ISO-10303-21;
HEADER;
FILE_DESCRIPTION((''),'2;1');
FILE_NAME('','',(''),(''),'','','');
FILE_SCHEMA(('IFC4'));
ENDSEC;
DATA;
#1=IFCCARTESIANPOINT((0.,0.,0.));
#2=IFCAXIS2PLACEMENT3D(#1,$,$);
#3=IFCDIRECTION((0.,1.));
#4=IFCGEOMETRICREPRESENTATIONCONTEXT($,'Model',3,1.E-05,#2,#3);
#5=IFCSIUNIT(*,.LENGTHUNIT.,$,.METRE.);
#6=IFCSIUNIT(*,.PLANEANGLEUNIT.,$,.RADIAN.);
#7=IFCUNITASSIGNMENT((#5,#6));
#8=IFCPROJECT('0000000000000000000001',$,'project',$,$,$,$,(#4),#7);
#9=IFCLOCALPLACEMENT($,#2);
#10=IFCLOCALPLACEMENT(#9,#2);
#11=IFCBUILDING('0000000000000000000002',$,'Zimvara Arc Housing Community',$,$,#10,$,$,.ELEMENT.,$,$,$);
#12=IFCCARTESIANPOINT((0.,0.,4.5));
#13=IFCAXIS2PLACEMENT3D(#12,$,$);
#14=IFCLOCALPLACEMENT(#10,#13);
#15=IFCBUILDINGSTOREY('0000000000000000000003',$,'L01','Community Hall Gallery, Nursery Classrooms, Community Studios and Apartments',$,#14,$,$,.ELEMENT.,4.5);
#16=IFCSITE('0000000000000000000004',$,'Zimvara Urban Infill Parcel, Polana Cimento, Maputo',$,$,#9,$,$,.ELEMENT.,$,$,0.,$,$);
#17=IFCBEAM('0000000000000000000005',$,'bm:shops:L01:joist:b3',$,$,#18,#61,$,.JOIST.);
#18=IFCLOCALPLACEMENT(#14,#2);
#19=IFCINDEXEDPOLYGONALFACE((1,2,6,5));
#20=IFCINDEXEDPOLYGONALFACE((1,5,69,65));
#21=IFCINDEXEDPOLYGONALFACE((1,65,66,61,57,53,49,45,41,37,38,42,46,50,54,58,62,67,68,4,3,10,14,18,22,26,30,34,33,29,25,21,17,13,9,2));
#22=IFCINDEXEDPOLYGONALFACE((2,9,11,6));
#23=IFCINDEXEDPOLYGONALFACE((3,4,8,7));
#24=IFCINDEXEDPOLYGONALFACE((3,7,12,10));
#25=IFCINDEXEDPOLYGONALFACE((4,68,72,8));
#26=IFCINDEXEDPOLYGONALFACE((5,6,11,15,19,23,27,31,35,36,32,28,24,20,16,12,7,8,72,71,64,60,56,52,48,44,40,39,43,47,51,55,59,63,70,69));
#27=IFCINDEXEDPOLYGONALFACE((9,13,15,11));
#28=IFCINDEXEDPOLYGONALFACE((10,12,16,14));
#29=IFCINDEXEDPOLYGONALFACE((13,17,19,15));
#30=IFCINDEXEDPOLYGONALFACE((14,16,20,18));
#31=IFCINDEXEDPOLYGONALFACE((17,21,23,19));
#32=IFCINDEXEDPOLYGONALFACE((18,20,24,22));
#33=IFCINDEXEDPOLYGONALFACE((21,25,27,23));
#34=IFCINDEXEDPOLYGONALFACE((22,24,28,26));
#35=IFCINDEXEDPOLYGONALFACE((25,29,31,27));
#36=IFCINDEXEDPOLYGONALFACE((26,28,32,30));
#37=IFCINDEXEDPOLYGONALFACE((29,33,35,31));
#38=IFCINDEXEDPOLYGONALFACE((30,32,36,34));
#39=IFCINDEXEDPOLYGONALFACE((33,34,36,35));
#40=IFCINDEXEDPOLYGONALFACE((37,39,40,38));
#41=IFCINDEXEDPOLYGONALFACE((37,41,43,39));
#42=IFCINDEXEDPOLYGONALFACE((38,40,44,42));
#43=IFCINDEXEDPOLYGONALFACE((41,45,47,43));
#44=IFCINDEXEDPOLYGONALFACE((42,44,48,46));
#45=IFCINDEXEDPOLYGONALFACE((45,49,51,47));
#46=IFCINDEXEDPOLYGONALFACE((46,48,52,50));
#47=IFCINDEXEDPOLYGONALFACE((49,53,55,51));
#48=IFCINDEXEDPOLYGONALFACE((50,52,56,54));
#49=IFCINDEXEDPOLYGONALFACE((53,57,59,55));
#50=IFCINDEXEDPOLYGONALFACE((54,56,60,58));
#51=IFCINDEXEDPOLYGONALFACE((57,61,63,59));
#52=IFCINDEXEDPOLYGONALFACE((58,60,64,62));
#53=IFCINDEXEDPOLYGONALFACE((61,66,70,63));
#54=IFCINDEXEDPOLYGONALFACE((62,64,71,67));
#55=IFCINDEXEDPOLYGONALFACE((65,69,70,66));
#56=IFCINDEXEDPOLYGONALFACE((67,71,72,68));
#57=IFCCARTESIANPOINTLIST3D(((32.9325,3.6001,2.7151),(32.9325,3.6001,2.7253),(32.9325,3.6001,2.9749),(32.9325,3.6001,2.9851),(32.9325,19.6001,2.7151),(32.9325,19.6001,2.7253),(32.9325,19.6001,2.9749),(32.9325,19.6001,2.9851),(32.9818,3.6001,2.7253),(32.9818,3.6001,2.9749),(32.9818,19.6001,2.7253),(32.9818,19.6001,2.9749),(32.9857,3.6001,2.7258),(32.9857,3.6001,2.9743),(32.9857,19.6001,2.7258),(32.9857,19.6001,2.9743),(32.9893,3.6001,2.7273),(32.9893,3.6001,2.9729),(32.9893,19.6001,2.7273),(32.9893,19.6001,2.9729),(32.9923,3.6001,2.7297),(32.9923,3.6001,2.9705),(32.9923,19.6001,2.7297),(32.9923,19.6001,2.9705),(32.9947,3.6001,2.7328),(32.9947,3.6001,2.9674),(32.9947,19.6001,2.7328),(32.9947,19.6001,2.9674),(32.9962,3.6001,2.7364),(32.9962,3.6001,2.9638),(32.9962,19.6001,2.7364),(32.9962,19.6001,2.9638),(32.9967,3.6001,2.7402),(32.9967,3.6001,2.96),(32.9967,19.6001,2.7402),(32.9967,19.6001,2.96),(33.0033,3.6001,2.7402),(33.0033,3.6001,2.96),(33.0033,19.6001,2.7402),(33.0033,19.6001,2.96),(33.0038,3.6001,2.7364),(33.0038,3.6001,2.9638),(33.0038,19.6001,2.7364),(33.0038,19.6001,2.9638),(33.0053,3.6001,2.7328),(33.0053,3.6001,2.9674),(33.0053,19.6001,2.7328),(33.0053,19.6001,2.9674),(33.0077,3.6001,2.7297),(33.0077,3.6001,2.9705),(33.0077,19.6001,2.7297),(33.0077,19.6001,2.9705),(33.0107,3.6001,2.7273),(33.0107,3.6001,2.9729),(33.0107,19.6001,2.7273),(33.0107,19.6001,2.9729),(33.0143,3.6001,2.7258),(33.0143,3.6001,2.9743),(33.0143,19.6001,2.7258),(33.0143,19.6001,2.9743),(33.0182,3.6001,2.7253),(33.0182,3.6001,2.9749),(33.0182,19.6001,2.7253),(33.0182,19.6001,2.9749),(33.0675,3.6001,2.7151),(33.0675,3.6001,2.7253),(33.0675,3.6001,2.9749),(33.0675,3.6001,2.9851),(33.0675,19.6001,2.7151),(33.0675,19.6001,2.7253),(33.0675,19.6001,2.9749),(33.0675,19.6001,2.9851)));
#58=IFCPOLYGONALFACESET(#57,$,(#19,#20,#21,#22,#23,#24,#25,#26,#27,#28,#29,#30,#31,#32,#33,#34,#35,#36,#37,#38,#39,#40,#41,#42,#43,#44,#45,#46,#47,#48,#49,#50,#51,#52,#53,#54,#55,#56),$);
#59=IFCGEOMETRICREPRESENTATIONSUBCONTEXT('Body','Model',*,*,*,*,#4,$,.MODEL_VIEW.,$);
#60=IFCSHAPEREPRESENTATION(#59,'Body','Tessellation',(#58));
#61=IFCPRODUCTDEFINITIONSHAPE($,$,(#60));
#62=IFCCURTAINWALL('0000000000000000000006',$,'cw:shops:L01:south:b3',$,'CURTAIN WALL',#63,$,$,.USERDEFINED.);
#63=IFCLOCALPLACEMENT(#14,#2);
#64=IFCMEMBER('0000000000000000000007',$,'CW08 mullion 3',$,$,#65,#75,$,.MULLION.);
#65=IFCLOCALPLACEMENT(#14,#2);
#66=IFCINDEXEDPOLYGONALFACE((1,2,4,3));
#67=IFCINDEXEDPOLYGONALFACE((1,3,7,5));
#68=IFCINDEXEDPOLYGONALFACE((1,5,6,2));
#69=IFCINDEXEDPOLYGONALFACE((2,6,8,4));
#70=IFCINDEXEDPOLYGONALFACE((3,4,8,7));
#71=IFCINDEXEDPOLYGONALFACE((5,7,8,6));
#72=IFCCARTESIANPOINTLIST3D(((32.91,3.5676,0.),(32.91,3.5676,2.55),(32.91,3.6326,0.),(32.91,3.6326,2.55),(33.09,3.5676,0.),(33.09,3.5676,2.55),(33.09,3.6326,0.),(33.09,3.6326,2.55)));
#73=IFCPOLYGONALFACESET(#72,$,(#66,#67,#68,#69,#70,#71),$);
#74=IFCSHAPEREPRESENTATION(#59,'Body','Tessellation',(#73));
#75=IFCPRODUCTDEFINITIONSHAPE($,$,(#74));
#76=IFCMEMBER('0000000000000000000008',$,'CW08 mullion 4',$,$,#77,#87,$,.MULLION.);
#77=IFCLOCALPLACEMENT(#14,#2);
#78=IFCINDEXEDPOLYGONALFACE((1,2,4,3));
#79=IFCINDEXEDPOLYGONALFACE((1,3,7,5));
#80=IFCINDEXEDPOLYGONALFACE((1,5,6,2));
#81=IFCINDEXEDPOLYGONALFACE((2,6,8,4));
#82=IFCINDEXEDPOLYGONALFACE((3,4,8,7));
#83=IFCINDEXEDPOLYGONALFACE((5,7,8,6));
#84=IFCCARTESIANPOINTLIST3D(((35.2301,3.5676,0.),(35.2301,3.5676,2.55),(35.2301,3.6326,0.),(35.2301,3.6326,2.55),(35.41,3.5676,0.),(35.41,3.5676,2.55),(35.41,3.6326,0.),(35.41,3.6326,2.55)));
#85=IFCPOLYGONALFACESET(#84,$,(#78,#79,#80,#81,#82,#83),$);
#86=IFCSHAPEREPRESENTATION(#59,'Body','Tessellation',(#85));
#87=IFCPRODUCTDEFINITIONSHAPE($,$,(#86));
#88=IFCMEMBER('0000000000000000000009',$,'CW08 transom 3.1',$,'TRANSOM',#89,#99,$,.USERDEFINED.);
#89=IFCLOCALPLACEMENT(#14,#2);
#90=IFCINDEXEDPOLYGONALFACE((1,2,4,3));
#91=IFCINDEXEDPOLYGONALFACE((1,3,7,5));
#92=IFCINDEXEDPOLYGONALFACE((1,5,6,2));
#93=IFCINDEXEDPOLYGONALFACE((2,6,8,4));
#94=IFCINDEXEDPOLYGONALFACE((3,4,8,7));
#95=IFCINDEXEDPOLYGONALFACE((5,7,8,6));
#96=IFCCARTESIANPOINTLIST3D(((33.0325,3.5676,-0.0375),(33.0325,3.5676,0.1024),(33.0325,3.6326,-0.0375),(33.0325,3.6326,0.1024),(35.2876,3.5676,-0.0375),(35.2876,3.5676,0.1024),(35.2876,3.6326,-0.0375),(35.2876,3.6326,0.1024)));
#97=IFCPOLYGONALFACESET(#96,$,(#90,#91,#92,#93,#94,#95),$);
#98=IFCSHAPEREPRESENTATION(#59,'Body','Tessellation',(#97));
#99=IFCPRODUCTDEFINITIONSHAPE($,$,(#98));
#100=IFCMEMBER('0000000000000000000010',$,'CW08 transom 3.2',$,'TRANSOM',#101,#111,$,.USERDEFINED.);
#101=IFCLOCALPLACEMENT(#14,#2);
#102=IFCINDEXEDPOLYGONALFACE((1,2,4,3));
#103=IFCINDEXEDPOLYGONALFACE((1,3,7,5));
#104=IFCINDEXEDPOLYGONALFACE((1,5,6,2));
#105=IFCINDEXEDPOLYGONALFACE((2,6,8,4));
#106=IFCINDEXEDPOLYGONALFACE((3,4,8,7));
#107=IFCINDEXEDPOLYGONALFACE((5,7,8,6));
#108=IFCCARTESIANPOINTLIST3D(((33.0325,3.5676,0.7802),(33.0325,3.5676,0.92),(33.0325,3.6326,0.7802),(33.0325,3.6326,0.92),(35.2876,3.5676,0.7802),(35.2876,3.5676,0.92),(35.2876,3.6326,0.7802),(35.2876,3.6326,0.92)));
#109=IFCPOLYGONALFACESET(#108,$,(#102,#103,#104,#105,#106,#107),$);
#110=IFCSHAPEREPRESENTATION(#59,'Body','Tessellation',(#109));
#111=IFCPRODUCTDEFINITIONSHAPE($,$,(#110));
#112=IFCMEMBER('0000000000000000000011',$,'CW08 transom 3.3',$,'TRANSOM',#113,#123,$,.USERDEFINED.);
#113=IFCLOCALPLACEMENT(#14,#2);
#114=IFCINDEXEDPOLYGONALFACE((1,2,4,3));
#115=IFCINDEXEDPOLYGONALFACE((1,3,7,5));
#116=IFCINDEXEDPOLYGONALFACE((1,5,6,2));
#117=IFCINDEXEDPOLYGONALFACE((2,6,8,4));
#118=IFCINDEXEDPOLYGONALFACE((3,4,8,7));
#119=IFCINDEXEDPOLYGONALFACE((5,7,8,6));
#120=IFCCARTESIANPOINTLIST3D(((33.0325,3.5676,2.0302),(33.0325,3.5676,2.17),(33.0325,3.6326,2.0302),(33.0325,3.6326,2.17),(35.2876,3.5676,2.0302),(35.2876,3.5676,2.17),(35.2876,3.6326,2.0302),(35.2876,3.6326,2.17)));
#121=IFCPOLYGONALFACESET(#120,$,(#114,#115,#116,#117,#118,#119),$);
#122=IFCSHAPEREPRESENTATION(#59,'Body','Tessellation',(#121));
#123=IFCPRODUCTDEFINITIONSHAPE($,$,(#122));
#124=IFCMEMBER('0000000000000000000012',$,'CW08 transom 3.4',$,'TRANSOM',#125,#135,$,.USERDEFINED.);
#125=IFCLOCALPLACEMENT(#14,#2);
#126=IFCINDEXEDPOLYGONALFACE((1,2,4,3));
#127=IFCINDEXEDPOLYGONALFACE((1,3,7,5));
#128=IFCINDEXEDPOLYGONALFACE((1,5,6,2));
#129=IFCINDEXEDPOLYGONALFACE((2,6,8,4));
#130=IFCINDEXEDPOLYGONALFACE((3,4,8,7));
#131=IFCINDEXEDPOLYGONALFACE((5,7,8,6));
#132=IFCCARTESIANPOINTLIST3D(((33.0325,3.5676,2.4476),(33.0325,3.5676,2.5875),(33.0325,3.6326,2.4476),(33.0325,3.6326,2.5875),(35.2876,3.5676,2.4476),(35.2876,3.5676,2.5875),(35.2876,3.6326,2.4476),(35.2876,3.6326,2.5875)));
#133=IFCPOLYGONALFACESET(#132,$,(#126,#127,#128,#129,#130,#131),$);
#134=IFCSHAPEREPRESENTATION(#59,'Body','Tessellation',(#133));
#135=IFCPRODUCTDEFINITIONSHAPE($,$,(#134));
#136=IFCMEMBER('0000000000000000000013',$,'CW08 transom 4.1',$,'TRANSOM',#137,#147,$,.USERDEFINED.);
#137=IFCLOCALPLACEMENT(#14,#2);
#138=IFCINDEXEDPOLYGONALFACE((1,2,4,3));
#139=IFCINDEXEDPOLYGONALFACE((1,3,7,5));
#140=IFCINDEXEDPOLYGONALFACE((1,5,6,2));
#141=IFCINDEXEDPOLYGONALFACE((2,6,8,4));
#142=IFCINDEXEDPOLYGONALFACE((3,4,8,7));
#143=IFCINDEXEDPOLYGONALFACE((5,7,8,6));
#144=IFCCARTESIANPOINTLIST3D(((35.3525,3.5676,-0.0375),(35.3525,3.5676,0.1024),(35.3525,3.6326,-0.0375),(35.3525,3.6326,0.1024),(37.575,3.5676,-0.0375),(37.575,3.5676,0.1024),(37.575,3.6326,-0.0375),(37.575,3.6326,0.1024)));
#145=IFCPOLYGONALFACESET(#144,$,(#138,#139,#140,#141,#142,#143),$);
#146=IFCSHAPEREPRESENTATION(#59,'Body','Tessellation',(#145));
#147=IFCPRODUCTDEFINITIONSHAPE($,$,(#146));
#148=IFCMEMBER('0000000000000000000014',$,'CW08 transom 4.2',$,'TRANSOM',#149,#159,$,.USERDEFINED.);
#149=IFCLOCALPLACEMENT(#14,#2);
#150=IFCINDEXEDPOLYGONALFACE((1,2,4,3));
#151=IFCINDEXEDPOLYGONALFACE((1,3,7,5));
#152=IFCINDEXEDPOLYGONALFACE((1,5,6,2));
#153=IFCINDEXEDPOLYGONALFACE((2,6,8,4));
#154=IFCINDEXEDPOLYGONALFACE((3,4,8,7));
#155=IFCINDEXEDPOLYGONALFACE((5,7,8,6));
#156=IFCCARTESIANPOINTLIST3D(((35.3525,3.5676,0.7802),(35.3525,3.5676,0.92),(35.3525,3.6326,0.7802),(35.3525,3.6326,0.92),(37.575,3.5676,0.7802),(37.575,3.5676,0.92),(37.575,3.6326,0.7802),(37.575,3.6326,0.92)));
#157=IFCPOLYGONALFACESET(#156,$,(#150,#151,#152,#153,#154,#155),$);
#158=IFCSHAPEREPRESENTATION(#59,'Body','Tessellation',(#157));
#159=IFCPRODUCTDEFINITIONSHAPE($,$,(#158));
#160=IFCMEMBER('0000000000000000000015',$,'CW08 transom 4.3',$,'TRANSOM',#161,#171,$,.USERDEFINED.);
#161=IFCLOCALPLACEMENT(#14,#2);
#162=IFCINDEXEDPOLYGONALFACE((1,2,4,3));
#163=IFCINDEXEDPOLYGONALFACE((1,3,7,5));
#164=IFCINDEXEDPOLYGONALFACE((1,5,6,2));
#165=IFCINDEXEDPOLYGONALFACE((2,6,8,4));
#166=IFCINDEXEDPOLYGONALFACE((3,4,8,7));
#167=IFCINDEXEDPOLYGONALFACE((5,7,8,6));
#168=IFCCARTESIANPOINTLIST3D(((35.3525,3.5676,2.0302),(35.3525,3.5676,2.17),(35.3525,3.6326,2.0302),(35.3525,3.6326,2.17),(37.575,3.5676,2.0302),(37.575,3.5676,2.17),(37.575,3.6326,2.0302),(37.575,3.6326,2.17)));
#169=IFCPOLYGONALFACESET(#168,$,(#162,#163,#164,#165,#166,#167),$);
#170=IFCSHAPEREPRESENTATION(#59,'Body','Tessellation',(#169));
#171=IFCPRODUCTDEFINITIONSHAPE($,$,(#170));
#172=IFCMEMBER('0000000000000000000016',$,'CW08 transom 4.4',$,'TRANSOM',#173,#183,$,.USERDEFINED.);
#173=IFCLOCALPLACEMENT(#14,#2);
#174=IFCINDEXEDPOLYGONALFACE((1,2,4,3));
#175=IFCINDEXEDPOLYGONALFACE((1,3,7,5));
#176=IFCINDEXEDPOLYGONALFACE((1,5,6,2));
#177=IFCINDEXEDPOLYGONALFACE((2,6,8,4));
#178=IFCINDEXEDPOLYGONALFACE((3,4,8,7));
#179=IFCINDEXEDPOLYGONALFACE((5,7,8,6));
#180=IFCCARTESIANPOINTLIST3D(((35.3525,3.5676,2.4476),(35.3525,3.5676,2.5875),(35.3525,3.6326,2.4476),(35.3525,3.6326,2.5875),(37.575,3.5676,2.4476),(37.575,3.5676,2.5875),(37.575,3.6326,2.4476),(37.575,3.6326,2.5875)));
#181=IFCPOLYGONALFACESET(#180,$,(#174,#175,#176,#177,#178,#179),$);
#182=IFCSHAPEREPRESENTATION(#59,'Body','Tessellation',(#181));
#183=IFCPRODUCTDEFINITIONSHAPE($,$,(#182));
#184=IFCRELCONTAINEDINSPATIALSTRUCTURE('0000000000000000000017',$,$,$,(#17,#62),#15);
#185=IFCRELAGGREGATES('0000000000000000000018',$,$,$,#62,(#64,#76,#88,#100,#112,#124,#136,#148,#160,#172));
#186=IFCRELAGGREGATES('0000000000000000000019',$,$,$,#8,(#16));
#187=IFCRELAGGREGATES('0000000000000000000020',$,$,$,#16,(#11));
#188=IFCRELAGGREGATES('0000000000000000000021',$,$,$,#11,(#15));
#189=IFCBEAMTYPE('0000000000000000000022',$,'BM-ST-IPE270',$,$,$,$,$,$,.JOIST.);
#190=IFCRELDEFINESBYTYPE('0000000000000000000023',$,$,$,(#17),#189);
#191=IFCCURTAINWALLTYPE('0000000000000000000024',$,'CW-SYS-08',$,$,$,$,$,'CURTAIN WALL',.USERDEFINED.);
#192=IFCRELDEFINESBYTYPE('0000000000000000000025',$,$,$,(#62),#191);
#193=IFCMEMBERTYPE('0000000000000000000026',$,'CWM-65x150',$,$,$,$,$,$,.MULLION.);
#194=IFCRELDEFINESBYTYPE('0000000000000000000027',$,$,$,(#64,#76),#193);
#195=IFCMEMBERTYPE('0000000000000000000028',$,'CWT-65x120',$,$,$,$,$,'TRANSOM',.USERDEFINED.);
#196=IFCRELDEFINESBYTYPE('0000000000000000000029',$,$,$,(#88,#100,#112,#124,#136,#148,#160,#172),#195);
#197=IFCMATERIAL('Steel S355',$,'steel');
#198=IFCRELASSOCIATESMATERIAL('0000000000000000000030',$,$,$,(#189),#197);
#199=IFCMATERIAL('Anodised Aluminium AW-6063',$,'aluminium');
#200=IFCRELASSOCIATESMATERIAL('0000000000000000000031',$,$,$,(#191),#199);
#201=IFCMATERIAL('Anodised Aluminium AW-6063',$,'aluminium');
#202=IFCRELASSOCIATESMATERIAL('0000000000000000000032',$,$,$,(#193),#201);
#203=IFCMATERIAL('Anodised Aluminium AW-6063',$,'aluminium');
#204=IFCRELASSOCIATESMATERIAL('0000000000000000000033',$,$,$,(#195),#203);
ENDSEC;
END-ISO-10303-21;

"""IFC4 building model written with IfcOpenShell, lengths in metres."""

from ifc_helpers import new_model, si_unit, direction, frame, origin, origin_2d, place, context, subcontext, project, spatial, rectangle, i_section, extrude, material, material_profile, profile_set, type_object, element, aggregate, save


model = new_model("IFC4")

# Units and contexts
model_context = context("Model", 3, precision=1e-05, world=origin(), true_north=direction((0.0, 1.0)))
body_context = subcontext(model_context, "Body", "Model", "MODEL_VIEW")
ifc_project = project(units=[si_unit("LENGTHUNIT", "METRE"), si_unit("PLANEANGLEUNIT", "RADIAN")], contexts=[model_context])

# Site, building, storey
site_placement = place(None, origin())
site = spatial("IfcSite", under=ifc_project, at=site_placement, Name="Zimvara Urban Infill Parcel, Polana Cimento, Maputo", CompositionType="ELEMENT", RefElevation=0.0)
building_placement = place(site_placement, origin())
building = spatial("IfcBuilding", under=site, at=building_placement, Name="Zimvara Arc Housing Community", CompositionType="ELEMENT")
storey_placement = place(building_placement, frame((0.0, 0.0, 4.5)))
storey = spatial("IfcBuildingStorey", under=building, at=storey_placement, Name="L01", Description="Community Hall Gallery, Nursery Classrooms, Community Studios and Apartments", CompositionType="ELEMENT", Elevation=4.5)

# Beam
ifc_material_1 = material(Name="Steel S355", Category="steel")
ifc_material_profile_1 = material_profile(ifc_material_1, i_section(OverallWidth=0.135, OverallDepth=0.27, WebThickness=0.0066, FlangeThickness=0.0103, FilletRadius=0.0149, at=origin_2d()), Name="IPE 270")
ifc_profile_set_1 = profile_set([ifc_material_profile_1], Name="Steel S355")
beam_type = type_object("IfcBeamType", Name="BM-ST-IPE270", PredefinedType="JOIST", material=ifc_profile_set_1)
beam_placement = place(storey_placement, frame((33.0, 3.6001, 2.8501), z_axis=(0.0, 1.0, 0.0), x_axis=(-1.0, 0.0, 0.0)))
element("IfcBeam", 1, at=beam_placement, inside=storey, type_object=beam_type, Name="bm:shops:L01:joist:b3", PredefinedType="JOIST", context=body_context, shape_type="SweptSolid", body=[
    extrude(i_section(OverallWidth=0.135, OverallDepth=0.27, WebThickness=0.0066, FlangeThickness=0.0103, FilletRadius=0.0149, at=origin_2d()), origin(), (0.0, 0.0, 1.0), 16.0),
])

# Curtain wall, members
ifc_material_2 = material(Name="Anodised Aluminium AW-6063", Category="aluminium")
curtain_wall_type_1 = type_object("IfcCurtainWallType", Name="CW-SYS-08", ElementType="CURTAIN WALL", PredefinedType="USERDEFINED", material=ifc_material_2)
curtain_wall_1_placement = place(storey_placement, origin())
curtain_wall_1 = element("IfcCurtainWall", 2, at=curtain_wall_1_placement, inside=storey, type_object=curtain_wall_type_1, Name="cw:shops:L01:south:b3", ObjectType="CURTAIN WALL", PredefinedType="USERDEFINED")
ifc_material_3 = material(Name="Anodised Aluminium AW-6063", Category="aluminium")
ifc_material_profile_2 = material_profile(ifc_material_3, rectangle(XDim=0.0649, YDim=0.1799, at=origin_2d()), Name="ALU 65x180")
ifc_profile_set_2 = profile_set([ifc_material_profile_2], Name="Anodised Aluminium AW-6063")
member_type_1 = type_object("IfcMemberType", Name="CWM-65x150", PredefinedType="MULLION", material=ifc_profile_set_2)
member_1_placement = place(storey_placement, frame((33.0, 3.6001, 0.0), z_axis=(0.0, 0.0, 1.0), x_axis=(0.0, 1.0, 0.0)))
member_1 = element("IfcMember", 3, at=member_1_placement, type_object=member_type_1, Name="CW08 mullion 3", PredefinedType="MULLION", context=body_context, shape_type="SweptSolid", body=[
    extrude(rectangle(XDim=0.0649, YDim=0.1799, at=origin_2d()), origin(), (0.0, 0.0, 1.0), 2.55),
])
member_2_placement = place(storey_placement, frame((35.3201, 3.6001, 0.0), z_axis=(0.0, 0.0, 1.0), x_axis=(0.0, 1.0, 0.0)))
member_2 = element("IfcMember", 4, at=member_2_placement, type_object=member_type_1, Name="CW08 mullion 4", PredefinedType="MULLION", context=body_context, shape_type="SweptSolid", body=[
    extrude(rectangle(XDim=0.0649, YDim=0.1799, at=origin_2d()), origin(), (0.0, 0.0, 1.0), 2.55),
])
ifc_material_4 = material(Name="Anodised Aluminium AW-6063", Category="aluminium")
ifc_material_profile_3 = material_profile(ifc_material_4, rectangle(XDim=0.0649, YDim=0.1399, at=origin_2d()), Name="ALU 65x140")
ifc_profile_set_3 = profile_set([ifc_material_profile_3], Name="Anodised Aluminium AW-6063")
member_type_2 = type_object("IfcMemberType", Name="CWT-65x120", ElementType="TRANSOM", PredefinedType="USERDEFINED", material=ifc_profile_set_3)
member_3_placement = place(storey_placement, frame((33.0325, 3.6001, 0.0325), z_axis=(1.0, 0.0, 0.0), x_axis=(0.0, 1.0, 0.0)))
member_3 = element("IfcMember", 5, at=member_3_placement, type_object=member_type_2, Name="CW08 transom 3.1", ObjectType="TRANSOM", PredefinedType="USERDEFINED", context=body_context, shape_type="SweptSolid", body=[
    extrude(rectangle(XDim=0.0649, YDim=0.1399, at=origin_2d()), origin(), (0.0, 0.0, 1.0), 2.2551),
])
member_4_placement = place(storey_placement, frame((33.0325, 3.6001, 0.8501), z_axis=(1.0, 0.0, 0.0), x_axis=(0.0, 1.0, 0.0)))
member_4 = element("IfcMember", 6, at=member_4_placement, type_object=member_type_2, Name="CW08 transom 3.2", ObjectType="TRANSOM", PredefinedType="USERDEFINED", context=body_context, shape_type="SweptSolid", body=[
    extrude(rectangle(XDim=0.0649, YDim=0.1399, at=origin_2d()), origin(), (0.0, 0.0, 1.0), 2.2551),
])
member_5_placement = place(storey_placement, frame((33.0325, 3.6001, 2.1001), z_axis=(1.0, 0.0, 0.0), x_axis=(0.0, 1.0, 0.0)))
member_5 = element("IfcMember", 7, at=member_5_placement, type_object=member_type_2, Name="CW08 transom 3.3", ObjectType="TRANSOM", PredefinedType="USERDEFINED", context=body_context, shape_type="SweptSolid", body=[
    extrude(rectangle(XDim=0.0649, YDim=0.1399, at=origin_2d()), origin(), (0.0, 0.0, 1.0), 2.2551),
])
member_6_placement = place(storey_placement, frame((33.0325, 3.6001, 2.5176), z_axis=(1.0, 0.0, 0.0), x_axis=(0.0, 1.0, 0.0)))
member_6 = element("IfcMember", 8, at=member_6_placement, type_object=member_type_2, Name="CW08 transom 3.4", ObjectType="TRANSOM", PredefinedType="USERDEFINED", context=body_context, shape_type="SweptSolid", body=[
    extrude(rectangle(XDim=0.0649, YDim=0.1399, at=origin_2d()), origin(), (0.0, 0.0, 1.0), 2.2551),
])
member_7_placement = place(storey_placement, frame((35.3525, 3.6001, 0.0325), z_axis=(1.0, 0.0, 0.0), x_axis=(0.0, 1.0, 0.0)))
member_7 = element("IfcMember", 9, at=member_7_placement, type_object=member_type_2, Name="CW08 transom 4.1", ObjectType="TRANSOM", PredefinedType="USERDEFINED", context=body_context, shape_type="SweptSolid", body=[
    extrude(rectangle(XDim=0.0649, YDim=0.1399, at=origin_2d()), origin(), (0.0, 0.0, 1.0), 2.2224),
])
member_8_placement = place(storey_placement, frame((35.3525, 3.6001, 0.8501), z_axis=(1.0, 0.0, 0.0), x_axis=(0.0, 1.0, 0.0)))
member_8 = element("IfcMember", 10, at=member_8_placement, type_object=member_type_2, Name="CW08 transom 4.2", ObjectType="TRANSOM", PredefinedType="USERDEFINED", context=body_context, shape_type="SweptSolid", body=[
    extrude(rectangle(XDim=0.0649, YDim=0.1399, at=origin_2d()), origin(), (0.0, 0.0, 1.0), 2.2224),
])
member_9_placement = place(storey_placement, frame((35.3525, 3.6001, 2.1001), z_axis=(1.0, 0.0, 0.0), x_axis=(0.0, 1.0, 0.0)))
member_9 = element("IfcMember", 11, at=member_9_placement, type_object=member_type_2, Name="CW08 transom 4.3", ObjectType="TRANSOM", PredefinedType="USERDEFINED", context=body_context, shape_type="SweptSolid", body=[
    extrude(rectangle(XDim=0.0649, YDim=0.1399, at=origin_2d()), origin(), (0.0, 0.0, 1.0), 2.2224),
])
member_10_placement = place(storey_placement, frame((35.3525, 3.6001, 2.5176), z_axis=(1.0, 0.0, 0.0), x_axis=(0.0, 1.0, 0.0)))
member_10 = element("IfcMember", 12, at=member_10_placement, type_object=member_type_2, Name="CW08 transom 4.4", ObjectType="TRANSOM", PredefinedType="USERDEFINED", context=body_context, shape_type="SweptSolid", body=[
    extrude(rectangle(XDim=0.0649, YDim=0.1399, at=origin_2d()), origin(), (0.0, 0.0, 1.0), 2.2224),
])

aggregate(curtain_wall_1, [member_1, member_2, member_3, member_4, member_5, member_6, member_7, member_8, member_9, member_10])

save(model, "model.ifc")
